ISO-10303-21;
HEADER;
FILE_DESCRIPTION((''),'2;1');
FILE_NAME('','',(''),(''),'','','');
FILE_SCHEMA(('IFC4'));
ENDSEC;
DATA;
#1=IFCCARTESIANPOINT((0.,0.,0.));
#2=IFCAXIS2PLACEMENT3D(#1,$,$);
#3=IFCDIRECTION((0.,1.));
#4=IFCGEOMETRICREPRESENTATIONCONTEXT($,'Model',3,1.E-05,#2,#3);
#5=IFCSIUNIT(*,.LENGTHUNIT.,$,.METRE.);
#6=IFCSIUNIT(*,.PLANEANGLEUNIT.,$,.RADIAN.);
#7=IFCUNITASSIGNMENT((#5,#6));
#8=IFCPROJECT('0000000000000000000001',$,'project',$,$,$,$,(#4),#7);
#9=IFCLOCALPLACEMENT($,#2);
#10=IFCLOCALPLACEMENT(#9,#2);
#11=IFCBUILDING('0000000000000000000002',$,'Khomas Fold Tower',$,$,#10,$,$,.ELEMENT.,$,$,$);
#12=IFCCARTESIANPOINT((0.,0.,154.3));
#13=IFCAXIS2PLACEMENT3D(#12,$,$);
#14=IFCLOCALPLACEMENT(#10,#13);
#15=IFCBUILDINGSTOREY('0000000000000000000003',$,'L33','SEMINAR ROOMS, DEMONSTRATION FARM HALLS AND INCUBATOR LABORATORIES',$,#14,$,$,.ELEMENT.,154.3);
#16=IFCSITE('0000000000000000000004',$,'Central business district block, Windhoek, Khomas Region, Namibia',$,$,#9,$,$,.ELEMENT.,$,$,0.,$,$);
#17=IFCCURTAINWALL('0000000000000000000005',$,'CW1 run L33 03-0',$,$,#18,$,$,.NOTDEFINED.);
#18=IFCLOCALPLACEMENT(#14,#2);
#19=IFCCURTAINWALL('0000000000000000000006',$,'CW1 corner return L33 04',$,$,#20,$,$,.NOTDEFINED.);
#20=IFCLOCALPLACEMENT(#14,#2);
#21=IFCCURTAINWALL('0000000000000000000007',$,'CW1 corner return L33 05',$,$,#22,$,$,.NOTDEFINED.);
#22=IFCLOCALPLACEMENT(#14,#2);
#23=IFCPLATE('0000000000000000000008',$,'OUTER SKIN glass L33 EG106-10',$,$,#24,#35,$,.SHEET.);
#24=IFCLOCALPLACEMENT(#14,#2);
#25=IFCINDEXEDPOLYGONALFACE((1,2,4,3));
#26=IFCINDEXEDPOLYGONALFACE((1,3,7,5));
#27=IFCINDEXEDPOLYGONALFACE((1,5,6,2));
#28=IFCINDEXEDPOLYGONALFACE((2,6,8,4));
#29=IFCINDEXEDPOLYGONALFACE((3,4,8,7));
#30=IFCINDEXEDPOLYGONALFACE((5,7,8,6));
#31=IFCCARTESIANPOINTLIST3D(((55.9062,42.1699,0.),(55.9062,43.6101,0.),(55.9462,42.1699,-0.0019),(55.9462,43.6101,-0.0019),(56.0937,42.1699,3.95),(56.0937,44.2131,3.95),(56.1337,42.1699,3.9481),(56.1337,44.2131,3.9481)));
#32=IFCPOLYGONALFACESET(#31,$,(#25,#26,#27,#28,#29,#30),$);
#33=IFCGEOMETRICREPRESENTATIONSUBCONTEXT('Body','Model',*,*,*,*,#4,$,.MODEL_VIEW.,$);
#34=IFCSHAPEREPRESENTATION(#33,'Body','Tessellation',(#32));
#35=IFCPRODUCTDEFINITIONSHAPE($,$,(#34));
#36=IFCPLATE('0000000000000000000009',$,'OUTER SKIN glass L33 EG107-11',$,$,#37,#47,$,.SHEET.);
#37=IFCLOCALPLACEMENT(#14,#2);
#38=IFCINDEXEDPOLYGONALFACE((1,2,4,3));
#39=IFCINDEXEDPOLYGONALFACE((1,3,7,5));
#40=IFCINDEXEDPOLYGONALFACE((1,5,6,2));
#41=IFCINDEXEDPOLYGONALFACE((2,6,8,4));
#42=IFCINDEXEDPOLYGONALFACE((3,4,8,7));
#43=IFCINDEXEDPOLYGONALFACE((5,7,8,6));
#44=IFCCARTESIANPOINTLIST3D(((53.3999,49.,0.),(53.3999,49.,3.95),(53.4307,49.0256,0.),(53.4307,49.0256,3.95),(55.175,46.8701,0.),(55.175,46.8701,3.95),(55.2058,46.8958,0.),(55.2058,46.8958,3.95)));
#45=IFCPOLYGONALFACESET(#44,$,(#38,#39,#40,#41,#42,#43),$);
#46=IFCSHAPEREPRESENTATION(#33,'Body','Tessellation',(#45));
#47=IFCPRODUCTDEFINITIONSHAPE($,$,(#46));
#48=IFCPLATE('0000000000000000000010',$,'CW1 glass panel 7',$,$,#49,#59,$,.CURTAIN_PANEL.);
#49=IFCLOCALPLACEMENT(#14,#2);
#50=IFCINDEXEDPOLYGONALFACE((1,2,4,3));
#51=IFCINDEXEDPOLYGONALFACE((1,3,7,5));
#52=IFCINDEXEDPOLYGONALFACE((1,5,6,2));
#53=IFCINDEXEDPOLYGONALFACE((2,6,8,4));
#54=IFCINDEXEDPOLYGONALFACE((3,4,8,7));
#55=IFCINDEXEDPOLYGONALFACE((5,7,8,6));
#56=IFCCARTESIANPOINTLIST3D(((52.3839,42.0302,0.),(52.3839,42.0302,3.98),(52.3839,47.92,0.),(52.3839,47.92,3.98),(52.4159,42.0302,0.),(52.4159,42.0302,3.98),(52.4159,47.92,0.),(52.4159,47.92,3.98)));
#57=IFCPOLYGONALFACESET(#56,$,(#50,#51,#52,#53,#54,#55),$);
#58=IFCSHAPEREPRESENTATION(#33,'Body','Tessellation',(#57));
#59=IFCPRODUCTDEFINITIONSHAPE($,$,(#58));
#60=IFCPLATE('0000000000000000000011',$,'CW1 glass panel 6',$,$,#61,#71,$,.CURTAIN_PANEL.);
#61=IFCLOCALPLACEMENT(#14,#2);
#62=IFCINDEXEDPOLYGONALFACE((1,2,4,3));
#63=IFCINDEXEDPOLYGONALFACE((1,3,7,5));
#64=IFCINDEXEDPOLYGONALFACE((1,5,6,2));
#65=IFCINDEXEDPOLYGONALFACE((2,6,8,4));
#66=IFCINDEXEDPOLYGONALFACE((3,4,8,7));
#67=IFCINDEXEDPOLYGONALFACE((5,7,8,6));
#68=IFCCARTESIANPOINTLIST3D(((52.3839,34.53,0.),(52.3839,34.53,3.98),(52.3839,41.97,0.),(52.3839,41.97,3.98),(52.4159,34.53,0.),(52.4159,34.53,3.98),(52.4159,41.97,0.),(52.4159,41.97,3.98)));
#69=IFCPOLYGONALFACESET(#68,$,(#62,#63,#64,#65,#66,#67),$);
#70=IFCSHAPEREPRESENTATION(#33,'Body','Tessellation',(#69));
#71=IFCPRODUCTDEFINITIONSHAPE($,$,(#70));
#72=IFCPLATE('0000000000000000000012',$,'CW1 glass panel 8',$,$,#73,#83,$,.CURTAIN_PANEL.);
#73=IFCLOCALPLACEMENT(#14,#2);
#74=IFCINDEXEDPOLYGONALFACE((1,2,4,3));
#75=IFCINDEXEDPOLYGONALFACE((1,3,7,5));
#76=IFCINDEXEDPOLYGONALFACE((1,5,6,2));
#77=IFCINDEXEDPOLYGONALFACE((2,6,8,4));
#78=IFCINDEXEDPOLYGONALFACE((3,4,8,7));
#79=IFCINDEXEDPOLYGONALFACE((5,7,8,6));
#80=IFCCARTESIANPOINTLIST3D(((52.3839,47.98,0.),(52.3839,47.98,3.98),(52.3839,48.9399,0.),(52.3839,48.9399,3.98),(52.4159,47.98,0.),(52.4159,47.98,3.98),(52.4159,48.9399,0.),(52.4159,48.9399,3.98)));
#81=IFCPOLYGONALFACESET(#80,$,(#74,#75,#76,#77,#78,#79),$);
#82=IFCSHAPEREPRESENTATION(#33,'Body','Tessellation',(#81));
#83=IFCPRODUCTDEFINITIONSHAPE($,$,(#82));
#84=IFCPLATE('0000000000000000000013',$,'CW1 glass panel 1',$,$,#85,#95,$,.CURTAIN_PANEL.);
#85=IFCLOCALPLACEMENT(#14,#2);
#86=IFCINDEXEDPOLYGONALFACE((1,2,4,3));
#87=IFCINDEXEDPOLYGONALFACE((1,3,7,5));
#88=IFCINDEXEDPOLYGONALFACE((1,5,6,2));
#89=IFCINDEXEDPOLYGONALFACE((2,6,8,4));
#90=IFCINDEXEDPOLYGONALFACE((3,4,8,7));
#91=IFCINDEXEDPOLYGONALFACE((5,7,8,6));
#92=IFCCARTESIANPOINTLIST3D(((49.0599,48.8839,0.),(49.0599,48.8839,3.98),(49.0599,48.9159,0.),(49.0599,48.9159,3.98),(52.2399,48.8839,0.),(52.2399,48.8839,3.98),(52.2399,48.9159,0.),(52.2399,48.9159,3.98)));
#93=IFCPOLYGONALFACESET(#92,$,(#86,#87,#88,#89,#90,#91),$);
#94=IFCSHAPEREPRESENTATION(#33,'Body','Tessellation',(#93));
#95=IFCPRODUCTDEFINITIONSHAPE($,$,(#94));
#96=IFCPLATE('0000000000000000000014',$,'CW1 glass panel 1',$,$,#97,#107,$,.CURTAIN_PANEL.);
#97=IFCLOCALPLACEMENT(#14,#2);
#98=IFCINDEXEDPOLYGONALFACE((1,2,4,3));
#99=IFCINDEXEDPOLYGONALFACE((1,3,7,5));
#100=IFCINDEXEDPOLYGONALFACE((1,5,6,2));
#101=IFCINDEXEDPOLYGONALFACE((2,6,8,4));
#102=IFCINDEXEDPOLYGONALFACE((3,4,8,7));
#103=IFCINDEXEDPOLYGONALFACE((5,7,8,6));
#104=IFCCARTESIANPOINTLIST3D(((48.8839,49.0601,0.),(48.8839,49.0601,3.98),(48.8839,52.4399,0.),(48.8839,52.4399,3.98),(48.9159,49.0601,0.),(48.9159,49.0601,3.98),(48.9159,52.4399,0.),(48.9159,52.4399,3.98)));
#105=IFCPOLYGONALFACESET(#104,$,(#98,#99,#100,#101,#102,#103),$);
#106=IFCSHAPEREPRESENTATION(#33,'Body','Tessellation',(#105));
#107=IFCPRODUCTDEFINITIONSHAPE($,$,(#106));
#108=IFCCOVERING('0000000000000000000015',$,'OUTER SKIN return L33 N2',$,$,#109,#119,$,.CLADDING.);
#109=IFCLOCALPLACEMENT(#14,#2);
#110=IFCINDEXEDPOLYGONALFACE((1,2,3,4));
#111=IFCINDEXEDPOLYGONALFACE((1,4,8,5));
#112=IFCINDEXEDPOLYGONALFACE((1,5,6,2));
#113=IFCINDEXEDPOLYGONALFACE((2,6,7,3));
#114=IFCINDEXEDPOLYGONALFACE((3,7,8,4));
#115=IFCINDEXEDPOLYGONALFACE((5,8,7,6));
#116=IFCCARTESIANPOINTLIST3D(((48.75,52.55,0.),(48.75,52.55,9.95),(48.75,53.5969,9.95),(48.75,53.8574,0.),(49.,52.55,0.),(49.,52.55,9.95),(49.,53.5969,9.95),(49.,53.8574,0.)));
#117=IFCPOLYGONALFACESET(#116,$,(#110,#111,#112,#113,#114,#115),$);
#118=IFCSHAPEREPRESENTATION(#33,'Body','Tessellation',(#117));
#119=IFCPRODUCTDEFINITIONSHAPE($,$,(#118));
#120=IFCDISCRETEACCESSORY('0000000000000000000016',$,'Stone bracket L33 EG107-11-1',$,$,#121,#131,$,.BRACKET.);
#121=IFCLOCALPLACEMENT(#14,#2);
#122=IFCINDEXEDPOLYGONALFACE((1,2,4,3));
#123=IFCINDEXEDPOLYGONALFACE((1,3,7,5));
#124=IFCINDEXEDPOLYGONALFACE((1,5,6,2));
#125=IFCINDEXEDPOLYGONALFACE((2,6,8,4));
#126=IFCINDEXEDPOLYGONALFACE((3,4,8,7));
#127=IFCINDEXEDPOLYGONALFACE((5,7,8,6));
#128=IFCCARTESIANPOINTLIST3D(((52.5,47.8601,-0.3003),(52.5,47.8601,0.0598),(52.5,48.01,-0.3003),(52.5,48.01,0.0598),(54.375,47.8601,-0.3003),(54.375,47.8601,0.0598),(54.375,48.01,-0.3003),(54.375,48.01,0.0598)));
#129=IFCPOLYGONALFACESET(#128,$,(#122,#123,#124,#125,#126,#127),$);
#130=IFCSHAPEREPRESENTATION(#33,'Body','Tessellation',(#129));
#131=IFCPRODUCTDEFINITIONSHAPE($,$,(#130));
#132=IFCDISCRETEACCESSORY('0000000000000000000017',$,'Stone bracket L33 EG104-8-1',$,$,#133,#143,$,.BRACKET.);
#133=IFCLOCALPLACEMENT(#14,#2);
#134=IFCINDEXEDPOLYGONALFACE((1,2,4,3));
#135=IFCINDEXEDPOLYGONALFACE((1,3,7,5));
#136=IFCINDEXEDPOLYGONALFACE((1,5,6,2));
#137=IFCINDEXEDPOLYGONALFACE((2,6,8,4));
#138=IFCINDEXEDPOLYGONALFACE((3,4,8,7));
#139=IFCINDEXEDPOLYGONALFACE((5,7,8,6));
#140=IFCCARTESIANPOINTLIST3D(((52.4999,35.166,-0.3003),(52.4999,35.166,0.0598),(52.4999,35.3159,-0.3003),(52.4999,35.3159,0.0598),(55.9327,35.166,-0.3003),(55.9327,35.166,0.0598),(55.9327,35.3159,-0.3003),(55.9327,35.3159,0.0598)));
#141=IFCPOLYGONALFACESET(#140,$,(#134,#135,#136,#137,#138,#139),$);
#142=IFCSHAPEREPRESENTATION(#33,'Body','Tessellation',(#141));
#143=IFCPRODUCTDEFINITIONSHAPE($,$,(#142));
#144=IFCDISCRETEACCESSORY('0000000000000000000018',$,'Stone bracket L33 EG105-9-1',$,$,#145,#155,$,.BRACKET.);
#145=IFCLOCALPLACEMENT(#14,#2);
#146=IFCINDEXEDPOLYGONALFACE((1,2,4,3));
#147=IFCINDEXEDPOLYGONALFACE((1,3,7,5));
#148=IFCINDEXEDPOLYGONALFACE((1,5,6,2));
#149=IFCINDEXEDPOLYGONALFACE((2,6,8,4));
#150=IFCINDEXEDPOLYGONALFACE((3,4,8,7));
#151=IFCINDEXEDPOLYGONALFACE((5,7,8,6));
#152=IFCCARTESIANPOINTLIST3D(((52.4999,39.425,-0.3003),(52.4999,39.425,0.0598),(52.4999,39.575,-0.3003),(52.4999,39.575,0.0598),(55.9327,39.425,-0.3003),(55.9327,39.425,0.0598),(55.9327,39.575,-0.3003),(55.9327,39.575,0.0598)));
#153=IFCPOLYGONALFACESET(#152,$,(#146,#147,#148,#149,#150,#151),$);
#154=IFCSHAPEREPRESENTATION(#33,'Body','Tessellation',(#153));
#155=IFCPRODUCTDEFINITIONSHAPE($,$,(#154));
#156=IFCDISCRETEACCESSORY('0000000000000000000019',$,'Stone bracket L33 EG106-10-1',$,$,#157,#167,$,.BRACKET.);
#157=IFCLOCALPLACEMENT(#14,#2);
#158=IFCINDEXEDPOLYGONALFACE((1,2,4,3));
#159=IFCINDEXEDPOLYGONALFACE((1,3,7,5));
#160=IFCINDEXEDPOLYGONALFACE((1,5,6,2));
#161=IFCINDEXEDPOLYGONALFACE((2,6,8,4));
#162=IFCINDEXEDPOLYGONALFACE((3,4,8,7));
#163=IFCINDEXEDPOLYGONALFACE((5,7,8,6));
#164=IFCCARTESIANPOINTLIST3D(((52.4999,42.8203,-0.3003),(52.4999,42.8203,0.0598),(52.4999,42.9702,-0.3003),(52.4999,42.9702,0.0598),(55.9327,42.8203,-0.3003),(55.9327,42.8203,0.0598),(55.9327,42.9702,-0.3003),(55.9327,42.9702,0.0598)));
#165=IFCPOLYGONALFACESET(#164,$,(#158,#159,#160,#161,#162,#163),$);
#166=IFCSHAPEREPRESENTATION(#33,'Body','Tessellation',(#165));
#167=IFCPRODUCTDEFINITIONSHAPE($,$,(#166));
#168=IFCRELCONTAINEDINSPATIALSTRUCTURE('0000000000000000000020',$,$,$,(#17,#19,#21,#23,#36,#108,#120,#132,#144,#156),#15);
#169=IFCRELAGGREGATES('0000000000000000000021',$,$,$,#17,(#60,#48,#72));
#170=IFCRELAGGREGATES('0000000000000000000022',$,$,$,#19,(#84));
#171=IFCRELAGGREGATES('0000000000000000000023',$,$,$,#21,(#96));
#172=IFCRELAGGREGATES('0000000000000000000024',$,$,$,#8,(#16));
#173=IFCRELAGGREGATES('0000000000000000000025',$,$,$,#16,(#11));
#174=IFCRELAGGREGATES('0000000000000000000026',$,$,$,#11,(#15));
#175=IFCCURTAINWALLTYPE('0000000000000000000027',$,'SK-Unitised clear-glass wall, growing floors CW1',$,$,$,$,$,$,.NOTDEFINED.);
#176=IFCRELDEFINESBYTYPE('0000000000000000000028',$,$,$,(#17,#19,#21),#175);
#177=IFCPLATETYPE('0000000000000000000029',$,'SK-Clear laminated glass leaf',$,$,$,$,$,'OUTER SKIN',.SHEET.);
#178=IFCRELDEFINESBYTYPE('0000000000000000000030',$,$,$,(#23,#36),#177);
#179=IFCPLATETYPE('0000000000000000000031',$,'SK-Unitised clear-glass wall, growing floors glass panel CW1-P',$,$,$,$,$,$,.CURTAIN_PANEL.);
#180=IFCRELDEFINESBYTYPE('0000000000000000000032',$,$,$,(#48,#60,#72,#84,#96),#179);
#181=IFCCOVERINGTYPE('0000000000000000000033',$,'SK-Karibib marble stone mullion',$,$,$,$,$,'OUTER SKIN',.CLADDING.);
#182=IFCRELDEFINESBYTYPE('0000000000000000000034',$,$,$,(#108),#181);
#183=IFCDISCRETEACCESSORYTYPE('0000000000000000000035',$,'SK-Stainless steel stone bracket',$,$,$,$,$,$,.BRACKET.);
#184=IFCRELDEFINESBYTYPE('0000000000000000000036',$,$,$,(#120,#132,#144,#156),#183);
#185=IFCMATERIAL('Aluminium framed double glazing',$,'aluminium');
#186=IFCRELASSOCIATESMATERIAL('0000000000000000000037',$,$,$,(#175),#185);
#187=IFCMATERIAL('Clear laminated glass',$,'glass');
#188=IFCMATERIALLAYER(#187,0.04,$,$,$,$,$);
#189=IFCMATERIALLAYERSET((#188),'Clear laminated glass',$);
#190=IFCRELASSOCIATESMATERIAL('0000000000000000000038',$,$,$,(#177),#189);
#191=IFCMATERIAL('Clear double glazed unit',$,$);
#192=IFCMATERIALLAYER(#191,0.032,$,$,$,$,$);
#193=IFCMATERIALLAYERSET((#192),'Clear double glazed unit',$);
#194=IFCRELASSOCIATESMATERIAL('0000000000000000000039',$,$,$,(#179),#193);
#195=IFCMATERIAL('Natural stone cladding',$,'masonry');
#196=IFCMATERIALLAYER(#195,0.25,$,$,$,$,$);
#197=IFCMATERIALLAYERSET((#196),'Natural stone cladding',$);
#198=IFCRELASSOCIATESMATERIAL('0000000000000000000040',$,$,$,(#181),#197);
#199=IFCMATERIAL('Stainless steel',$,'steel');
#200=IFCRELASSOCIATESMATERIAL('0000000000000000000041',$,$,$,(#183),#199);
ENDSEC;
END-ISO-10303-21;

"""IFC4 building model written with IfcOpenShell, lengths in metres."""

from ifc_helpers import new_model, si_unit, direction, frame, origin, origin_2d, place, context, subcontext, project, spatial, polyline, rectangle, outline, extrude, source, transform, mapped, material, layer, layer_set, type_object, element, aggregate, save


model = new_model("IFC4")

# Units and contexts
model_context = context("Model", 3, precision=1e-05, world=origin(), true_north=direction((0.0, 1.0)))
body_context = subcontext(model_context, "Body", "Model", "MODEL_VIEW")
ifc_project = project(units=[si_unit("LENGTHUNIT", "METRE"), si_unit("PLANEANGLEUNIT", "RADIAN")], contexts=[model_context])

# Site, building, storey
site_placement = place(None, origin())
site = spatial("IfcSite", under=ifc_project, at=site_placement, Name="Central business district block, Windhoek, Khomas Region, Namibia", CompositionType="ELEMENT", RefElevation=0.0)
building_placement = place(site_placement, origin())
building = spatial("IfcBuilding", under=site, at=building_placement, Name="Khomas Fold Tower", CompositionType="ELEMENT")
storey_placement = place(building_placement, frame((0.0, 0.0, 154.3)))
storey = spatial("IfcBuildingStorey", under=building, at=storey_placement, Name="L33", Description="SEMINAR ROOMS, DEMONSTRATION FARM HALLS AND INCUBATOR LABORATORIES", CompositionType="ELEMENT", Elevation=154.3)

# Curtain wall
ifc_material_1 = material(Name="Aluminium framed double glazing", Category="aluminium")
curtain_wall_type = type_object("IfcCurtainWallType", Name="SK-Unitised clear-glass wall, growing floors CW1", PredefinedType="NOTDEFINED", material=ifc_material_1)
curtain_wall_1_placement = place(storey_placement, origin())
curtain_wall_1 = element("IfcCurtainWall", 1, at=curtain_wall_1_placement, inside=storey, type_object=curtain_wall_type, Name="CW1 run L33 03-0", PredefinedType="NOTDEFINED")

# Curtain walls
curtain_wall_2_placement = place(storey_placement, origin())
curtain_wall_2 = element("IfcCurtainWall", 2, at=curtain_wall_2_placement, inside=storey, type_object=curtain_wall_type, Name="CW1 corner return L33 04", PredefinedType="NOTDEFINED")
curtain_wall_3_placement = place(storey_placement, origin())
curtain_wall_3 = element("IfcCurtainWall", 3, at=curtain_wall_3_placement, inside=storey, type_object=curtain_wall_type, Name="CW1 corner return L33 05", PredefinedType="NOTDEFINED")

# Plates
ifc_material_2 = material(Name="Clear laminated glass", Category="glass")
ifc_layer_1 = layer(ifc_material_2, 0.04)
ifc_layer_set_1 = layer_set([ifc_layer_1], Name="Clear laminated glass")
plate_type_1 = type_object("IfcPlateType", Name="SK-Clear laminated glass leaf", ElementType="OUTER SKIN", PredefinedType="SHEET", material=ifc_layer_set_1)
plate_1_placement = place(storey_placement, frame((55.9062, 43.6101, 0.0), z_axis=(-0.998875, 0.0, 0.047416), x_axis=(0.0, -1.0, 0.0)))
element("IfcPlate", 4, at=plate_1_placement, inside=storey, type_object=plate_type_1, Name="OUTER SKIN glass L33 EG106-10", PredefinedType="SHEET", context=body_context, shape_type="SweptSolid", body=[
    extrude(outline(polyline([(0.0, 0.0), (1.4402, 0.0), (1.4402, 3.9544), (-0.603, 3.9544), (0.0, 0.0)])), origin(), (0.0, 0.0, -1.0), 0.04),
])
plate_2_placement = place(storey_placement, frame((55.175, 46.8701, 0.0), z_axis=(-0.768178, -0.640236, 0.0), x_axis=(0.0, 0.0, 1.0)))
element("IfcPlate", 5, at=plate_2_placement, inside=storey, type_object=plate_type_1, Name="OUTER SKIN glass L33 EG107-11", PredefinedType="SHEET", context=body_context, shape_type="SweptSolid", body=[
    extrude(outline(polyline([(0.0, 0.0), (3.95, 0.0), (3.95, 2.7726), (0.0, 2.7726), (0.0, 0.0)])), origin(), (0.0, 0.0, -1.0), 0.04),
])

# Plates
ifc_material_3 = material(Name="Clear double glazed unit")
ifc_layer_2 = layer(ifc_material_3, 0.032)
ifc_layer_set_2 = layer_set([ifc_layer_2], Name="Clear double glazed unit")
plate_type_2 = type_object("IfcPlateType", Name="SK-Unitised clear-glass wall, growing floors glass panel CW1-P", PredefinedType="CURTAIN_PANEL", material=ifc_layer_set_2)
shared_shape_1 = source(origin(), body_context, "Body", "SweptSolid", [
    extrude(rectangle(XDim=5.8899, YDim=0.032, at=origin_2d()), origin(), (0.0, 0.0, 1.0), 3.98),
])
plate_3_placement = place(storey_placement, frame((52.3999, 44.9751, 0.0), z_axis=(0.0, 0.0, 1.0), x_axis=(0.0, 1.0, 0.0)))
plate_3 = element("IfcPlate", 6, at=plate_3_placement, type_object=plate_type_2, Name="CW1 glass panel 7", PredefinedType="CURTAIN_PANEL", context=body_context, shape_type="MappedRepresentation", body=[
    mapped(shared_shape_1, transform((0.0, 0.0, 0.0))),
])
shared_shape_2 = source(origin(), body_context, "Body", "SweptSolid", [
    extrude(rectangle(XDim=7.4399, YDim=0.032, at=origin_2d()), origin(), (0.0, 0.0, 1.0), 3.98),
])
plate_4_placement = place(storey_placement, frame((52.3999, 38.25, 0.0), z_axis=(0.0, 0.0, 1.0), x_axis=(0.0, 1.0, 0.0)))
plate_4 = element("IfcPlate", 7, at=plate_4_placement, type_object=plate_type_2, Name="CW1 glass panel 6", PredefinedType="CURTAIN_PANEL", context=body_context, shape_type="MappedRepresentation", body=[
    mapped(shared_shape_2, transform((0.0, 0.0, 0.0))),
])
shared_shape_3 = source(origin(), body_context, "Body", "SweptSolid", [
    extrude(rectangle(XDim=0.96, YDim=0.032, at=origin_2d()), origin(), (0.0, 0.0, 1.0), 3.98),
])
plate_5_placement = place(storey_placement, frame((52.3999, 48.46, 0.0), z_axis=(0.0, 0.0, 1.0), x_axis=(0.0, 1.0, 0.0)))
plate_5 = element("IfcPlate", 8, at=plate_5_placement, type_object=plate_type_2, Name="CW1 glass panel 8", PredefinedType="CURTAIN_PANEL", context=body_context, shape_type="MappedRepresentation", body=[
    mapped(shared_shape_3, transform((0.0, 0.0, 0.0))),
])
aggregate(curtain_wall_1, [plate_4, plate_3, plate_5])
shared_shape_4 = source(origin(), body_context, "Body", "SweptSolid", [
    extrude(rectangle(XDim=3.1799, YDim=0.032, at=origin_2d()), origin(), (0.0, 0.0, 1.0), 3.98),
])
plate_6_placement = place(storey_placement, frame((50.6499, 48.8999, 0.0), z_axis=(0.0, 0.0, 1.0), x_axis=(-1.0, 0.0, 0.0)))
plate_6 = element("IfcPlate", 9, at=plate_6_placement, type_object=plate_type_2, Name="CW1 glass panel 1", PredefinedType="CURTAIN_PANEL", context=body_context, shape_type="MappedRepresentation", body=[
    mapped(shared_shape_4, transform((0.0, 0.0, 0.0))),
])
aggregate(curtain_wall_2, [plate_6])
shared_shape_5 = source(origin(), body_context, "Body", "SweptSolid", [
    extrude(rectangle(XDim=3.3799, YDim=0.032, at=origin_2d()), origin(), (0.0, 0.0, 1.0), 3.98),
])
plate_7_placement = place(storey_placement, frame((48.8999, 50.75, 0.0), z_axis=(0.0, 0.0, 1.0), x_axis=(0.0, 1.0, 0.0)))
plate_7 = element("IfcPlate", 10, at=plate_7_placement, type_object=plate_type_2, Name="CW1 glass panel 1", PredefinedType="CURTAIN_PANEL", context=body_context, shape_type="MappedRepresentation", body=[
    mapped(shared_shape_5, transform((0.0, 0.0, 0.0))),
])
aggregate(curtain_wall_3, [plate_7])

# Covering
ifc_material_4 = material(Name="Natural stone cladding", Category="masonry")
ifc_layer_3 = layer(ifc_material_4, 0.25)
ifc_layer_set_3 = layer_set([ifc_layer_3], Name="Natural stone cladding")
covering_type = type_object("IfcCoveringType", Name="SK-Karibib marble stone mullion", ElementType="OUTER SKIN", PredefinedType="CLADDING", material=ifc_layer_set_3)
covering_placement = place(storey_placement, frame((49.0, 52.55, 0.0), z_axis=(1.0, 0.0, 0.0), x_axis=(0.0, 1.0, 0.0)))
element("IfcCovering", 11, at=covering_placement, inside=storey, type_object=covering_type, Name="OUTER SKIN return L33 N2", PredefinedType="CLADDING", context=body_context, shape_type="SweptSolid", body=[
    extrude(outline(polyline([(0.0, 0.0), (1.3074, 0.0), (1.0469, 9.95), (0.0, 9.95), (0.0, 0.0)])), origin(), (0.0, 0.0, -1.0), 0.25),
])

# Discrete accessories
ifc_material_5 = material(Name="Stainless steel", Category="steel")
discrete_accessory_type = type_object("IfcDiscreteAccessoryType", Name="SK-Stainless steel stone bracket", PredefinedType="BRACKET", material=ifc_material_5)
shared_shape_6 = source(origin(), body_context, "Body", "SweptSolid", [
    extrude(rectangle(XDim=1.875, YDim=0.1499, at=origin_2d()), origin(), (0.0, 0.0, 1.0), 0.3601),
])
discrete_accessory_placement = place(storey_placement, frame((53.4375, 47.9351, -0.3003), z_axis=(0.0, 0.0, 1.0), x_axis=(1.0, 0.0, 0.0)))
element("IfcDiscreteAccessory", 12, at=discrete_accessory_placement, inside=storey, type_object=discrete_accessory_type, Name="Stone bracket L33 EG107-11-1", PredefinedType="BRACKET", context=body_context, shape_type="MappedRepresentation", body=[
    mapped(shared_shape_6, transform((0.0, 0.0, 0.0))),
])
shared_shape_7 = source(origin(), body_context, "Body", "SweptSolid", [
    extrude(rectangle(XDim=3.4329, YDim=0.1499, at=origin_2d()), origin(), (0.0, 0.0, 1.0), 0.3601),
])
for number, where, z_axis, x_axis, name in (
    (13, (54.2163, 35.241, -0.3003), (0.0, 0.0, 1.0), (1.0, 0.0, 0.0), "Stone bracket L33 EG104-8-1"),
    (14, (54.2163, 39.5, -0.3003), (0.0, 0.0, 1.0), (1.0, 0.0, 0.0), "Stone bracket L33 EG105-9-1"),
    (15, (54.2163, 42.8953, -0.3003), (0.0, 0.0, 1.0), (1.0, 0.0, 0.0), "Stone bracket L33 EG106-10-1"),
):
    element("IfcDiscreteAccessory", number, at=place(storey_placement, frame(where, z_axis=z_axis, x_axis=x_axis)), inside=storey, type_object=discrete_accessory_type, Name=name, PredefinedType="BRACKET", context=body_context, shape_type="MappedRepresentation", body=[
        mapped(shared_shape_7, transform((0.0, 0.0, 0.0))),
    ])

save(model, "model.ifc")
